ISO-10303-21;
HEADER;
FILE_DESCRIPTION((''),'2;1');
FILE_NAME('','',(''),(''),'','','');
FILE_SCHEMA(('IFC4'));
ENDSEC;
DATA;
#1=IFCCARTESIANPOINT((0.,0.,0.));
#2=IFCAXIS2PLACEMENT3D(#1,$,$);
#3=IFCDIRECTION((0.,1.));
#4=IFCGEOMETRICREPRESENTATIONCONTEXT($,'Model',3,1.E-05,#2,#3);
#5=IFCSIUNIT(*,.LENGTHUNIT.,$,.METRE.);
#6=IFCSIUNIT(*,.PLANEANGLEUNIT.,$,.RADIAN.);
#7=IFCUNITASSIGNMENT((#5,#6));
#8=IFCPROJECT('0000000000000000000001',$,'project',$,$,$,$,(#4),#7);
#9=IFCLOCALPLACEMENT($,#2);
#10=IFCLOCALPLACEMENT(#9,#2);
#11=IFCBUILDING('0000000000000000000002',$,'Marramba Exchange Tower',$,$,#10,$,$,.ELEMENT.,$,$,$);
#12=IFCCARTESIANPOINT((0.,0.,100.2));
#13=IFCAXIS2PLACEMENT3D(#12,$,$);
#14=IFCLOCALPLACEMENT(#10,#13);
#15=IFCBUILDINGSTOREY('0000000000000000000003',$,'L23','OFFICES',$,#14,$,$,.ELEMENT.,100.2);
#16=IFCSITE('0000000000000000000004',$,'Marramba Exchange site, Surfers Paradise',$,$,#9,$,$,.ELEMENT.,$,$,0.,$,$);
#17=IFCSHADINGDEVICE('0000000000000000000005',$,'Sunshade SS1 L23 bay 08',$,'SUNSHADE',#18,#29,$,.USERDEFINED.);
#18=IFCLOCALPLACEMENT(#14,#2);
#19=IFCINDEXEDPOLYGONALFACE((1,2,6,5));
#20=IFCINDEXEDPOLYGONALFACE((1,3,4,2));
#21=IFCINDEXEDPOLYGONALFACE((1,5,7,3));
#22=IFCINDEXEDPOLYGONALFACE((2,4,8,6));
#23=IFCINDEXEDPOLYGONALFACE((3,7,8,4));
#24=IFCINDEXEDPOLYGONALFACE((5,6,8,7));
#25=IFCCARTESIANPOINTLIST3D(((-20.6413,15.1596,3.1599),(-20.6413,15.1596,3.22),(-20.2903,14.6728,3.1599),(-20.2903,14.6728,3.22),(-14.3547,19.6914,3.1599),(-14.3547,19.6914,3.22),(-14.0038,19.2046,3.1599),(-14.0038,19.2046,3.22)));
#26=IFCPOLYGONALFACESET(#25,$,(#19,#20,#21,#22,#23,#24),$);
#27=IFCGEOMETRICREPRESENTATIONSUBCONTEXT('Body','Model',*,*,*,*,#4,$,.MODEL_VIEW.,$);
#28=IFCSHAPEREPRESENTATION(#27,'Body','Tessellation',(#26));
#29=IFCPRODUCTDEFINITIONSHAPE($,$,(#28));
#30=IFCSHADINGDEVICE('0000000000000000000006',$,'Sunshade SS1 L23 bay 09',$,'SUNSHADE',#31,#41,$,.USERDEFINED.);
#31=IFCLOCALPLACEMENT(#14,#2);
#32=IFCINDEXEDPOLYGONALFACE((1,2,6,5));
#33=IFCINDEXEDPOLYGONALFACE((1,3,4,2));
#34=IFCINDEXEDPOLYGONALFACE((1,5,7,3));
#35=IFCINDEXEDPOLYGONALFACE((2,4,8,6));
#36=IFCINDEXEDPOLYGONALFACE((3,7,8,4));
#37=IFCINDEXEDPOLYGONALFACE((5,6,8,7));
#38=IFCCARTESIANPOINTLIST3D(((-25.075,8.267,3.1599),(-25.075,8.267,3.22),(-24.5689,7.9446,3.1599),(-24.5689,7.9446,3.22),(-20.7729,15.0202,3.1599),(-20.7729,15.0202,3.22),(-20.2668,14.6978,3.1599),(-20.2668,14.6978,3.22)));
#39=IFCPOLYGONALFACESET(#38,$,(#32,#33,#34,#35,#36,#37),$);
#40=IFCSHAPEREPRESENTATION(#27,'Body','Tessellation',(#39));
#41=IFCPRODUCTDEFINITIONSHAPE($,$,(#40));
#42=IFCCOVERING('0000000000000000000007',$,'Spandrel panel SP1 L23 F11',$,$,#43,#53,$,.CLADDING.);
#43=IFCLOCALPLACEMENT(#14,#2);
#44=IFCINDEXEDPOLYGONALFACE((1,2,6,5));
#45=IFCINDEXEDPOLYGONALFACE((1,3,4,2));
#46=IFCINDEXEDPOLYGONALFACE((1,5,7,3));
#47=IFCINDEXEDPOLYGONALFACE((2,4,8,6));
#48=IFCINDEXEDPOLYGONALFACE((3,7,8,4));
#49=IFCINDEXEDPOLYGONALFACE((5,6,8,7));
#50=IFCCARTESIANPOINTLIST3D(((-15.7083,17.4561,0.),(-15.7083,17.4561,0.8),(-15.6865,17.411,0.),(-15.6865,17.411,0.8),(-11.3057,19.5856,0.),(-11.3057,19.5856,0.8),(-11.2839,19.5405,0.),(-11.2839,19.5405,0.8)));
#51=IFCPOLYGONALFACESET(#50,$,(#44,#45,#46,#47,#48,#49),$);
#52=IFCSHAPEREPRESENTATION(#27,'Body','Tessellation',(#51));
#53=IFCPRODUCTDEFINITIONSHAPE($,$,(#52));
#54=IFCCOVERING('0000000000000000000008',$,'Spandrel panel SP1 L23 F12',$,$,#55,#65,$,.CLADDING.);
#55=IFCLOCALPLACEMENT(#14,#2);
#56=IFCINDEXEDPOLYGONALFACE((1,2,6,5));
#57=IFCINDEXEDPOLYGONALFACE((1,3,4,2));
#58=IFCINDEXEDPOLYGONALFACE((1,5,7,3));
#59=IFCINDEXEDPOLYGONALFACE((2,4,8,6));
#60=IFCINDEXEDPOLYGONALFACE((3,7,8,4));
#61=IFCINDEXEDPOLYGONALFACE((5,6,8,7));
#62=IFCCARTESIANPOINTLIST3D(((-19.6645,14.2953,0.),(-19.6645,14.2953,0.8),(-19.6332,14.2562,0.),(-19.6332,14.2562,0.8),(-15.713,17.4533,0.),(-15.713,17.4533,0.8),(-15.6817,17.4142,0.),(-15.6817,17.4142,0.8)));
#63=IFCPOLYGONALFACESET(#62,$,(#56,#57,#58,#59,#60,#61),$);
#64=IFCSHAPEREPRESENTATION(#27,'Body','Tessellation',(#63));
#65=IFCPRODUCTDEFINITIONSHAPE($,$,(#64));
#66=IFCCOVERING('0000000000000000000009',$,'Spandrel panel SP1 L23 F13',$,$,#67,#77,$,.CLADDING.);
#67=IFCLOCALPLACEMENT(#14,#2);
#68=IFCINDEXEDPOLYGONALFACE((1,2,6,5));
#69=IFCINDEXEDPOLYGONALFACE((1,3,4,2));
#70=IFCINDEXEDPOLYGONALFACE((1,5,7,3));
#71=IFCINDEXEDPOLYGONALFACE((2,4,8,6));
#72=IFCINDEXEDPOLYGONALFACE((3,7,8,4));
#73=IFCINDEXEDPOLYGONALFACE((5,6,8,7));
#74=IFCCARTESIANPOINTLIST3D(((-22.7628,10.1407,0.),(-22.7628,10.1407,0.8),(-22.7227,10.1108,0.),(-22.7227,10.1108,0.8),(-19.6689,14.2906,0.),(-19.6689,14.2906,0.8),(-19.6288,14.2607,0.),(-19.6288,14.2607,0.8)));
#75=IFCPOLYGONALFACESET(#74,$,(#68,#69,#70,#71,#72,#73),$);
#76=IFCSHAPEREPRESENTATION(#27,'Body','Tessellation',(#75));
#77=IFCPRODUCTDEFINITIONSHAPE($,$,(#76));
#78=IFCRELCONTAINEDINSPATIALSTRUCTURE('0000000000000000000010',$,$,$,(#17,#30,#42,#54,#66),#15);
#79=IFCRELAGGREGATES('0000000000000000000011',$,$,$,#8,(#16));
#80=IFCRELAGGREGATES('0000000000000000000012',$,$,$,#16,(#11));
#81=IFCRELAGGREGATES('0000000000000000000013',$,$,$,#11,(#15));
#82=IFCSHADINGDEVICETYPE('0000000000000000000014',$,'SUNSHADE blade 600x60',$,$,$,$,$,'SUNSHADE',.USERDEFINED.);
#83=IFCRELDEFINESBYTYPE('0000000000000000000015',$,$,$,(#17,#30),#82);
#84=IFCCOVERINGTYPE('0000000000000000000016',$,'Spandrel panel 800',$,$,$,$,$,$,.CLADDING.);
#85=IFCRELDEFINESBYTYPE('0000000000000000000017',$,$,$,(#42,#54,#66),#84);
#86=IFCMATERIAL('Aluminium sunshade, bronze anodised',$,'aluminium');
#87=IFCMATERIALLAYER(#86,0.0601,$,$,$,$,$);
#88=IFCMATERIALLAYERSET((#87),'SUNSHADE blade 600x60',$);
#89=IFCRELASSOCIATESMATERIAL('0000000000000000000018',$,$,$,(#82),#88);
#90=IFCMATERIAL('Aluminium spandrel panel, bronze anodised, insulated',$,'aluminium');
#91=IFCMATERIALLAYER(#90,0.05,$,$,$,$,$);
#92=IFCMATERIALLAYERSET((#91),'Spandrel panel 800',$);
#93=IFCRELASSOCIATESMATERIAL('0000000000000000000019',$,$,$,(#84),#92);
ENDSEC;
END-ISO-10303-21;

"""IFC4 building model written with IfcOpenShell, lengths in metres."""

from ifc_helpers import new_model, si_unit, direction, frame, origin, origin_2d, place, context, subcontext, project, spatial, rectangle, extrude, material, layer, layer_set, type_object, element, save


model = new_model("IFC4")

# Units and contexts
model_context = context("Model", 3, precision=1e-05, world=origin(), true_north=direction((0.0, 1.0)))
body_context = subcontext(model_context, "Body", "Model", "MODEL_VIEW")
ifc_project = project(units=[si_unit("LENGTHUNIT", "METRE"), si_unit("PLANEANGLEUNIT", "RADIAN")], contexts=[model_context])

# Site, building, storey
site_placement = place(None, origin())
site = spatial("IfcSite", under=ifc_project, at=site_placement, Name="Marramba Exchange site, Surfers Paradise", CompositionType="ELEMENT", RefElevation=0.0)
building_placement = place(site_placement, origin())
building = spatial("IfcBuilding", under=site, at=building_placement, Name="Marramba Exchange Tower", CompositionType="ELEMENT")
storey_placement = place(building_placement, frame((0.0, 0.0, 100.2)))
storey = spatial("IfcBuildingStorey", under=building, at=storey_placement, Name="L23", Description="OFFICES", CompositionType="ELEMENT", Elevation=100.2)

# Shading devices
ifc_material_1 = material(Name="Aluminium sunshade, bronze anodised", Category="aluminium")
ifc_layer_1 = layer(ifc_material_1, 0.0601)
ifc_layer_set_1 = layer_set([ifc_layer_1], Name="SUNSHADE blade 600x60")
shading_device_type_1 = type_object("IfcShadingDeviceType", Name="SUNSHADE blade 600x60", ElementType="SUNSHADE", PredefinedType="USERDEFINED", material=ifc_layer_set_1)
shading_device_1_placement = place(storey_placement, frame((-17.3225, 17.1821, 3.1599), z_axis=(0.0, 0.0, 1.0), x_axis=(-0.811199, -0.58477, 0.0)))
element("IfcShadingDevice", 1, at=shading_device_1_placement, inside=storey, type_object=shading_device_type_1, Name="Sunshade SS1 L23 bay 08", ObjectType="SUNSHADE", PredefinedType="USERDEFINED", context=body_context, shape_type="SweptSolid", body=[
    extrude(rectangle(XDim=7.7498, YDim=0.6001, at=origin_2d()), origin(), (0.0, 0.0, 1.0), 0.0601),
])
shading_device_2_placement = place(storey_placement, frame((-22.6709, 11.4824, 3.1599), z_axis=(0.0, 0.0, 1.0), x_axis=(-0.537285, -0.843401, 0.0)))
element("IfcShadingDevice", 2, at=shading_device_2_placement, inside=storey, type_object=shading_device_type_1, Name="Sunshade SS1 L23 bay 09", ObjectType="SUNSHADE", PredefinedType="USERDEFINED", context=body_context, shape_type="SweptSolid", body=[
    extrude(rectangle(XDim=8.0071, YDim=0.6001, at=origin_2d()), origin(), (0.0, 0.0, 1.0), 0.0601),
])

# Coverings
ifc_material_2 = material(Name="Aluminium spandrel panel, bronze anodised, insulated", Category="aluminium")
ifc_layer_2 = layer(ifc_material_2, 0.05)
ifc_layer_set_2 = layer_set([ifc_layer_2], Name="Spandrel panel 800")
covering_type = type_object("IfcCoveringType", Name="Spandrel panel 800", PredefinedType="CLADDING", material=ifc_layer_set_2)
covering_1_placement = place(storey_placement, frame((-13.4961, 18.4983, 0.0), z_axis=(0.0, 0.0, 1.0), x_axis=(-0.900224, -0.435428, 0.0)))
element("IfcCovering", 3, at=covering_1_placement, inside=storey, type_object=covering_type, Name="Spandrel panel SP1 L23 F11", PredefinedType="CLADDING", context=body_context, shape_type="SweptSolid", body=[
    extrude(rectangle(XDim=4.8906, YDim=0.05, at=origin_2d()), origin(), (0.0, 0.0, 1.0), 0.8),
])
covering_2_placement = place(storey_placement, frame((-17.6731, 15.8547, 0.0), z_axis=(0.0, 0.0, 1.0), x_axis=(-0.781178, -0.624308, 0.0)))
element("IfcCovering", 4, at=covering_2_placement, inside=storey, type_object=covering_type, Name="Spandrel panel SP1 L23 F12", PredefinedType="CLADDING", context=body_context, shape_type="SweptSolid", body=[
    extrude(rectangle(XDim=5.0583, YDim=0.05, at=origin_2d()), origin(), (0.0, 0.0, 1.0), 0.8),
])
covering_3_placement = place(storey_placement, frame((-21.1958, 12.2007, 0.0), z_axis=(0.0, 0.0, 1.0), x_axis=(-0.597704, -0.801717, 0.0)))
element("IfcCovering", 5, at=covering_3_placement, inside=storey, type_object=covering_type, Name="Spandrel panel SP1 L23 F13", PredefinedType="CLADDING", context=body_context, shape_type="SweptSolid", body=[
    extrude(rectangle(XDim=5.1763, YDim=0.05, at=origin_2d()), origin(), (0.0, 0.0, 1.0), 0.8),
])

save(model, "model.ifc")
